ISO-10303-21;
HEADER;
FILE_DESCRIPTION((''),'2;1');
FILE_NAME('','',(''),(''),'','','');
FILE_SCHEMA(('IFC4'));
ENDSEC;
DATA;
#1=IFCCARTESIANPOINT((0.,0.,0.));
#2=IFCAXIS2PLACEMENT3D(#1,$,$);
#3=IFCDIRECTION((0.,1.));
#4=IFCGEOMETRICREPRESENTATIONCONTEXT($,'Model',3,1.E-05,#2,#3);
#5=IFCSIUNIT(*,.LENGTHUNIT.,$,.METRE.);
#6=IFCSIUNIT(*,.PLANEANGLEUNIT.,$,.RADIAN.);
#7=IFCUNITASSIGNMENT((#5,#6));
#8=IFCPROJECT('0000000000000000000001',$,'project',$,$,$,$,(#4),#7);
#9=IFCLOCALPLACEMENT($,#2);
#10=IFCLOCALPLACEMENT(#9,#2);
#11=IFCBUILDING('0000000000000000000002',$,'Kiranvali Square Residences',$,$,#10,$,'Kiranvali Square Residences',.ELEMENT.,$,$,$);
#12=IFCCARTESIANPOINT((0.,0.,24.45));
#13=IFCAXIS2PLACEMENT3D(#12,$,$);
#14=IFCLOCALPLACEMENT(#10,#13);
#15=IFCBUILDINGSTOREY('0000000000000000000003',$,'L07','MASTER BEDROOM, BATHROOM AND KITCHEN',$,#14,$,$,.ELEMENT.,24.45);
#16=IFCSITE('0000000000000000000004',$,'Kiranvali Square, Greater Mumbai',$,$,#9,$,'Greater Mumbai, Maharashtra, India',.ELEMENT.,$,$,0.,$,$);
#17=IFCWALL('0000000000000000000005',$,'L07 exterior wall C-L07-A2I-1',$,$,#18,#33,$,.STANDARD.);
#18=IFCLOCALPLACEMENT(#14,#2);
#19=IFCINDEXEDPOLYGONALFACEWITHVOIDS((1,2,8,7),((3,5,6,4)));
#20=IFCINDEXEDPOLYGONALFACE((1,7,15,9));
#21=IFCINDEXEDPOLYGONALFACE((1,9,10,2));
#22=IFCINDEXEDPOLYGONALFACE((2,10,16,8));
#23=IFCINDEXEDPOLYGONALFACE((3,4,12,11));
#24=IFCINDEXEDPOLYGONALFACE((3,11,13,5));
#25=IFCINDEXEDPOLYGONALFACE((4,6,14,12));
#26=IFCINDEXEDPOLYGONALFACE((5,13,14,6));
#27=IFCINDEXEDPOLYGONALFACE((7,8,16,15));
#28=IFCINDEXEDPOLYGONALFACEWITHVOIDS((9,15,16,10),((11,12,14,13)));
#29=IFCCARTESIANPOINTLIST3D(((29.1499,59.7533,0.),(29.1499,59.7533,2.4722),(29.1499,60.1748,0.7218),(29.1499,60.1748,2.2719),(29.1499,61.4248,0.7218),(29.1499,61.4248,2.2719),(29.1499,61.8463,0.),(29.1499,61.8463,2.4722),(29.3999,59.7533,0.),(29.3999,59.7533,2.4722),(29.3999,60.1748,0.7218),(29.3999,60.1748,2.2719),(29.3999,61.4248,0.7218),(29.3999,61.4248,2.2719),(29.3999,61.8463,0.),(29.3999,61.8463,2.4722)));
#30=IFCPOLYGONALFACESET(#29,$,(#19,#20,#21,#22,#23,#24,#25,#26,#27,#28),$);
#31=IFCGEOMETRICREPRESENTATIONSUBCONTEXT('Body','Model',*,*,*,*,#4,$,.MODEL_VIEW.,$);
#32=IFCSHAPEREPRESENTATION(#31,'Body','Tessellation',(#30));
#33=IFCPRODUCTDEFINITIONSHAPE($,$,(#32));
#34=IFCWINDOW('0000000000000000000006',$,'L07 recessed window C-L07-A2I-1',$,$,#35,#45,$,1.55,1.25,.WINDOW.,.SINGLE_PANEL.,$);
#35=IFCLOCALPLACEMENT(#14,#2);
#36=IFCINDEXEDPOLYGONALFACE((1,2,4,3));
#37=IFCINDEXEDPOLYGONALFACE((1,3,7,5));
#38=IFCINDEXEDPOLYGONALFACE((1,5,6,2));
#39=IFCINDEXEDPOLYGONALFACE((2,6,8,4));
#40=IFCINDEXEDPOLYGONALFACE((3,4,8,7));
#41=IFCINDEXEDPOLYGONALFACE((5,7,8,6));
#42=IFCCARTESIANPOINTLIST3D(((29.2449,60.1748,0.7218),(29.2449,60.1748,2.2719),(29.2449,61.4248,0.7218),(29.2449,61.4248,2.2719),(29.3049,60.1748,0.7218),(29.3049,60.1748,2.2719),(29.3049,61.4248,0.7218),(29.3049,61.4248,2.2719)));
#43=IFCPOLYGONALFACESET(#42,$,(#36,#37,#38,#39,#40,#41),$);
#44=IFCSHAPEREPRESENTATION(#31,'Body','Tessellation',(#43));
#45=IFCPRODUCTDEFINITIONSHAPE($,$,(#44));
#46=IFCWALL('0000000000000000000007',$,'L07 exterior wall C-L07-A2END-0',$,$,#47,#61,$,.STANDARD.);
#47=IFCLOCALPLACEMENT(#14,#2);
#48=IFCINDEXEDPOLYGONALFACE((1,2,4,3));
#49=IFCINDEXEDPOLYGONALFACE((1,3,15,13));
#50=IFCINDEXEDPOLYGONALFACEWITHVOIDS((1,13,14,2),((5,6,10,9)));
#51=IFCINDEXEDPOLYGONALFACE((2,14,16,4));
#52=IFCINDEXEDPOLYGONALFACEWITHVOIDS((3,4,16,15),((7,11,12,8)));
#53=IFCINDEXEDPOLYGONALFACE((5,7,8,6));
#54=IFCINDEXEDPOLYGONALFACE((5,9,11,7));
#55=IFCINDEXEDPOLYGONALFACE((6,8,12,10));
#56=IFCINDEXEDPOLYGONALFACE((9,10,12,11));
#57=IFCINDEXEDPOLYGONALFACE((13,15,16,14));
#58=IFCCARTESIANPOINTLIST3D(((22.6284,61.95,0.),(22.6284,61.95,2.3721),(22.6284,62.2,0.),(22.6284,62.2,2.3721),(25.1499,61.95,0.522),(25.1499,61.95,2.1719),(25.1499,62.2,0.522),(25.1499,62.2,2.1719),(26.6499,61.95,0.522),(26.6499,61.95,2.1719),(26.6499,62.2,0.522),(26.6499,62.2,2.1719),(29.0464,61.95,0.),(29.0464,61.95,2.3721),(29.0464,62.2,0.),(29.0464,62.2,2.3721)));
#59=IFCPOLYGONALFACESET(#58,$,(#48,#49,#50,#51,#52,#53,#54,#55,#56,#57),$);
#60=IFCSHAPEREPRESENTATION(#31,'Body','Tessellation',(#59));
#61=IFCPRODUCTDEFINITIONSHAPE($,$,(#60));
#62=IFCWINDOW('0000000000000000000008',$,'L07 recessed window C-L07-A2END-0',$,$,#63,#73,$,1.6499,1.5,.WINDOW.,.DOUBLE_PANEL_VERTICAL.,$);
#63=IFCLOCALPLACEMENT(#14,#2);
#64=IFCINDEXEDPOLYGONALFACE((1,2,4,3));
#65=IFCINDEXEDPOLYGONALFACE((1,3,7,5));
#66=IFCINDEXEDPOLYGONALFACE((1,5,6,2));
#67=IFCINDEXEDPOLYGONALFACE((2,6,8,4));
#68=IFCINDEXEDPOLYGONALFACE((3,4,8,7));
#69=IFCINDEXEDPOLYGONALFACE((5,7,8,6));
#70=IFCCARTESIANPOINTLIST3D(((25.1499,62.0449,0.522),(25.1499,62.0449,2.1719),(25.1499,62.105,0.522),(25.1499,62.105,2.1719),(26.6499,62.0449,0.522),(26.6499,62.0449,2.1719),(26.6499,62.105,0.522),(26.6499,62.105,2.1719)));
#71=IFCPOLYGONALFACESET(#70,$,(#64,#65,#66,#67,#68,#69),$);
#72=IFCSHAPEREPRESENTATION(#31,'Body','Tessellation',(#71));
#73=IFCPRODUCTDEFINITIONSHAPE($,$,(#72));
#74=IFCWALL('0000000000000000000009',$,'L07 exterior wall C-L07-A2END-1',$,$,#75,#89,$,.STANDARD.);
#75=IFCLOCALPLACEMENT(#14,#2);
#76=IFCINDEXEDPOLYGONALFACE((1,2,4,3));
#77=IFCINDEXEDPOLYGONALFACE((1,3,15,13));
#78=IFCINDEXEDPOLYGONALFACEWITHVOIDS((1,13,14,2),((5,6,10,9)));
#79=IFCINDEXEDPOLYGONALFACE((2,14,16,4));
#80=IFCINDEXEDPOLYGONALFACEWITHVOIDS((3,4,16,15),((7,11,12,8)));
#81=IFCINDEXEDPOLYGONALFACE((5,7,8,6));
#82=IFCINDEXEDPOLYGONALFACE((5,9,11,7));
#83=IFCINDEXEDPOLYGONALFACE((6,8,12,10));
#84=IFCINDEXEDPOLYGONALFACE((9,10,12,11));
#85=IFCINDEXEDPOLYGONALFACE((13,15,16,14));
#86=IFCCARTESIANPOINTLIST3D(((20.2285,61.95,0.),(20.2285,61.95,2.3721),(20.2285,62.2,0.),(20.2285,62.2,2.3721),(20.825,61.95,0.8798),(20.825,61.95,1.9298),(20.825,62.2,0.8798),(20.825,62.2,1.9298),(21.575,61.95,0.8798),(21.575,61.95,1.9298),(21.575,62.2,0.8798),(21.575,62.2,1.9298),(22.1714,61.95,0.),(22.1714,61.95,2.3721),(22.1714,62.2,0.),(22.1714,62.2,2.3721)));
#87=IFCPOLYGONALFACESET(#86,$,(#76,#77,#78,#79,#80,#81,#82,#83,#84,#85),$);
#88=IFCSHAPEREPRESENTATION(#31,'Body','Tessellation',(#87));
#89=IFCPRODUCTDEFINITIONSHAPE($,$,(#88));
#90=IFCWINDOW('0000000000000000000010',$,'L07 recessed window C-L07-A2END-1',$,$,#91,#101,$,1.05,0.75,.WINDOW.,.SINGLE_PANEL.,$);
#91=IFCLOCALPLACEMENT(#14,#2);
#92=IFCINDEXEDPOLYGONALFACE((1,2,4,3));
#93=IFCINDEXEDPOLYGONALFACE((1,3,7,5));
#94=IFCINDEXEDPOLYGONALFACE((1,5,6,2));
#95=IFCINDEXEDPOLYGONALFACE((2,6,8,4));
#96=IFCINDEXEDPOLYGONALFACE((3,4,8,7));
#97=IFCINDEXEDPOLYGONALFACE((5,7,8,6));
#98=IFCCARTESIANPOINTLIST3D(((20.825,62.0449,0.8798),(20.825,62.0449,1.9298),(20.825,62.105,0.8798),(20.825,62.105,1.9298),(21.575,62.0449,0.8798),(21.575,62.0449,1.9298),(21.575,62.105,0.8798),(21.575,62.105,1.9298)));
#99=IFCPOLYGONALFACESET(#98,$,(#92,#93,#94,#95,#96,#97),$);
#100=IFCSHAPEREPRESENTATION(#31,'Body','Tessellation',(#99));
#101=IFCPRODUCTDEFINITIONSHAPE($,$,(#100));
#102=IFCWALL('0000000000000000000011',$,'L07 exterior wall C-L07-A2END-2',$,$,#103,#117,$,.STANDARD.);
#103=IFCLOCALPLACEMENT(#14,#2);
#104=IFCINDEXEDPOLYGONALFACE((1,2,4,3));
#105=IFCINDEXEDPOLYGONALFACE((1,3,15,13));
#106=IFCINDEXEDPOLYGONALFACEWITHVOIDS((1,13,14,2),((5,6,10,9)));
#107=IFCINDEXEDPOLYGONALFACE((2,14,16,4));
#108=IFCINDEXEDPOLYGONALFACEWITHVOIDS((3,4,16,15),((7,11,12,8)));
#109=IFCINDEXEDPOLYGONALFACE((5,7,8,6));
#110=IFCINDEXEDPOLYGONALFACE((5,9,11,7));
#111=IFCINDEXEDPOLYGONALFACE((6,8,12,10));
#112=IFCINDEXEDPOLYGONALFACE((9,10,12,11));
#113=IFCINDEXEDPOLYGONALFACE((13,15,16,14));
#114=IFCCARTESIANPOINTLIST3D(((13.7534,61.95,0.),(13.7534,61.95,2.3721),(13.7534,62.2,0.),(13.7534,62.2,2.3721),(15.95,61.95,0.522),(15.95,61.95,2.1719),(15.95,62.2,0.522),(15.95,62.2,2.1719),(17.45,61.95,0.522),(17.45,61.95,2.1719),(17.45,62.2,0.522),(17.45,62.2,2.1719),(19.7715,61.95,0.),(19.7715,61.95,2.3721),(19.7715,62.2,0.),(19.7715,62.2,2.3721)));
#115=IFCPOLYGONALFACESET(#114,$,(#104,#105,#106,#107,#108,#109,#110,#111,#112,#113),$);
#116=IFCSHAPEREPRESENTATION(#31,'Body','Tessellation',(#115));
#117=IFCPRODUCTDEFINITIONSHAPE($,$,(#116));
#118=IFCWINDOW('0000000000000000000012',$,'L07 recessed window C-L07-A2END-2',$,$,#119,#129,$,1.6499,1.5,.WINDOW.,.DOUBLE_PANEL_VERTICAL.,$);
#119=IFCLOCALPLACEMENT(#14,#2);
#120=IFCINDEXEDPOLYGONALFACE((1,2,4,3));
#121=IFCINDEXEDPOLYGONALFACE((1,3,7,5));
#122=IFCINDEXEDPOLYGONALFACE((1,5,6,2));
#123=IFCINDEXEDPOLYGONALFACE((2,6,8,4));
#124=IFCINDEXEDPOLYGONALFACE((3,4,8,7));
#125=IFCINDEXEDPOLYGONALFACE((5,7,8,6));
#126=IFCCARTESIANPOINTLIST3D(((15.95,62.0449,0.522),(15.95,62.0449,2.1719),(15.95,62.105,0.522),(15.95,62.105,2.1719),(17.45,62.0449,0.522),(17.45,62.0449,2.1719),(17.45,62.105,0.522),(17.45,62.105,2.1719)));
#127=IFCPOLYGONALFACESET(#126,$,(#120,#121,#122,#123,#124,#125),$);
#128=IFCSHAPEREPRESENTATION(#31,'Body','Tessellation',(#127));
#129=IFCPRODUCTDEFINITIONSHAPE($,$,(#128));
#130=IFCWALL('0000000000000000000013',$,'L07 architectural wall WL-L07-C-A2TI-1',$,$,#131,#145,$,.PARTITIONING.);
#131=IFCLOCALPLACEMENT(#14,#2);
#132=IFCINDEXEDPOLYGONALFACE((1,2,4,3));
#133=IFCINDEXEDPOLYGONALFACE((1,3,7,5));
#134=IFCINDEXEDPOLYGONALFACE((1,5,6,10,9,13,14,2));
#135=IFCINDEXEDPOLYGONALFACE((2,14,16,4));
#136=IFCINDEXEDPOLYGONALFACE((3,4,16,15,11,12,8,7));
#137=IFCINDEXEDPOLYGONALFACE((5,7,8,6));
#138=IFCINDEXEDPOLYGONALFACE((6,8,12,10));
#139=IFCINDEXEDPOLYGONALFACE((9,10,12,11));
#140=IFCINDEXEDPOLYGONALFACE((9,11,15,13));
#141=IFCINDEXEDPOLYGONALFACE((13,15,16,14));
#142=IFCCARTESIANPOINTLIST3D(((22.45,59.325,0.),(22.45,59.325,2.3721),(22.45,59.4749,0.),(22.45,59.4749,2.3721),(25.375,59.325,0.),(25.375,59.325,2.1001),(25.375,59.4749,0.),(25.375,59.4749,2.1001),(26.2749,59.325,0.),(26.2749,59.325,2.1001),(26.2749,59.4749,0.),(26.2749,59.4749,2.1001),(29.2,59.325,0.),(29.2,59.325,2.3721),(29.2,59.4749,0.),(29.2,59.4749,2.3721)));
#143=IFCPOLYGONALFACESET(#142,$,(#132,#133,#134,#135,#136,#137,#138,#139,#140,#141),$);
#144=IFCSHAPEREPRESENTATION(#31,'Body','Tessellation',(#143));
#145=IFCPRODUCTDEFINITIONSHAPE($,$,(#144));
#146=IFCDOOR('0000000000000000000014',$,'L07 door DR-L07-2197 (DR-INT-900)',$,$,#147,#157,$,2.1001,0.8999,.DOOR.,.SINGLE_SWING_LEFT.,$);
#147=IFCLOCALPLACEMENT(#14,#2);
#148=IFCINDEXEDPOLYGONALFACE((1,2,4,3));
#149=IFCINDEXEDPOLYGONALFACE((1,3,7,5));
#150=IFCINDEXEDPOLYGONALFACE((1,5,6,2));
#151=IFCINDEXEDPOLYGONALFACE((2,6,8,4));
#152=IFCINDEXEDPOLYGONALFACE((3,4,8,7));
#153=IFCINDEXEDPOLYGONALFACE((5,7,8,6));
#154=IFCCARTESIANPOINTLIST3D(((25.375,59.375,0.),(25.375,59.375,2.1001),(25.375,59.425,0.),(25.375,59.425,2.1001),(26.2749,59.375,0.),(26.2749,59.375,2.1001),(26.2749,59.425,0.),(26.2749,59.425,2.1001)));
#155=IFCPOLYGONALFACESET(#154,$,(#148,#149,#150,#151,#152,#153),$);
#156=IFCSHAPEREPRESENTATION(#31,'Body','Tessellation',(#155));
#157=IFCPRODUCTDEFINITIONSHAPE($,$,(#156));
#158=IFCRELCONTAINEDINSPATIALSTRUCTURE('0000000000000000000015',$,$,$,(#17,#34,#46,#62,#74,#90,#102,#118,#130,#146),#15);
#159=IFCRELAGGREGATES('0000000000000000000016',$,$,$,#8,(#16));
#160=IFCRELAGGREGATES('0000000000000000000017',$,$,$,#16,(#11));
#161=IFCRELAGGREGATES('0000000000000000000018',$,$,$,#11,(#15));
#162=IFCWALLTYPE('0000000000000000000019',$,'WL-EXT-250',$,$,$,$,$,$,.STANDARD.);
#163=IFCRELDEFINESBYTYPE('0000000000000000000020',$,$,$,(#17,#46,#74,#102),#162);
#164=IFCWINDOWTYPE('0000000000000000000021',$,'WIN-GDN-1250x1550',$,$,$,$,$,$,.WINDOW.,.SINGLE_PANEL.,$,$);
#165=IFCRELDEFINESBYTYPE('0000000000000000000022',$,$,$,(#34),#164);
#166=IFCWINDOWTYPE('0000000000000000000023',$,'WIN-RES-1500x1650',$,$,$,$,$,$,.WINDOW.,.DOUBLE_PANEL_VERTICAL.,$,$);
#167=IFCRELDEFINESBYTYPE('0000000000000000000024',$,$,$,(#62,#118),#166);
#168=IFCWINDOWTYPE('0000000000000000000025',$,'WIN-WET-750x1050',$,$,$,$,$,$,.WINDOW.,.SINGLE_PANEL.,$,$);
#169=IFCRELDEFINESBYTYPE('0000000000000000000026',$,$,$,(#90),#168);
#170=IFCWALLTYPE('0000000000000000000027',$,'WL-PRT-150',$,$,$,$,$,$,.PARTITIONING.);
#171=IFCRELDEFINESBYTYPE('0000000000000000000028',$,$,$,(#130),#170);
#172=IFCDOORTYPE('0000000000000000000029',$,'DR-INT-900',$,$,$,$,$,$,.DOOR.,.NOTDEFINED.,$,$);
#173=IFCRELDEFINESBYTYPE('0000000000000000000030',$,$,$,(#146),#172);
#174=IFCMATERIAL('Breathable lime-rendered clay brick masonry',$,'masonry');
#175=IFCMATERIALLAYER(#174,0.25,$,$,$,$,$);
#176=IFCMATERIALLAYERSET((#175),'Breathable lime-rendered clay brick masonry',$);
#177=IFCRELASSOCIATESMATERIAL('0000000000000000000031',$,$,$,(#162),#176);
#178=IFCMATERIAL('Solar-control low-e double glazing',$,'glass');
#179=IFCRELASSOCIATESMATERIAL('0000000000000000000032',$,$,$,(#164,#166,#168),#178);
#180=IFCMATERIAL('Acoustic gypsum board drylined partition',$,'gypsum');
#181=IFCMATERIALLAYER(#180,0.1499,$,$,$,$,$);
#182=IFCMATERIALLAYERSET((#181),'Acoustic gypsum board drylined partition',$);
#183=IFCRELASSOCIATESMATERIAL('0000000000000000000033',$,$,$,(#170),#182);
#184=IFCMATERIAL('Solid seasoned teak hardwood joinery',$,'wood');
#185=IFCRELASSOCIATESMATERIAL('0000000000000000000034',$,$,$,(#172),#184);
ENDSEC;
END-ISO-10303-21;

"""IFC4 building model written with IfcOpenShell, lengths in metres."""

from ifc_helpers import new_model, si_unit, direction, frame, frame_2d, origin, place, context, subcontext, project, spatial, rectangle, extrude, material, layer, layer_set, type_object, element, fill, save


model = new_model("IFC4")

# Units and contexts
model_context = context("Model", 3, precision=1e-05, world=origin(), true_north=direction((0.0, 1.0)))
body_context = subcontext(model_context, "Body", "Model", "MODEL_VIEW")
ifc_project = project(units=[si_unit("LENGTHUNIT", "METRE"), si_unit("PLANEANGLEUNIT", "RADIAN")], contexts=[model_context])

# Site, building, storey
site_placement = place(None, origin())
site = spatial("IfcSite", under=ifc_project, at=site_placement, Name="Kiranvali Square, Greater Mumbai", LongName="Greater Mumbai, Maharashtra, India", CompositionType="ELEMENT", RefElevation=0.0)
building_placement = place(site_placement, origin())
building = spatial("IfcBuilding", under=site, at=building_placement, Name="Kiranvali Square Residences", LongName="Kiranvali Square Residences", CompositionType="ELEMENT")
storey_placement = place(building_placement, frame((0.0, 0.0, 24.45)))
storey = spatial("IfcBuildingStorey", under=building, at=storey_placement, Name="L07", Description="MASTER BEDROOM, BATHROOM AND KITCHEN", CompositionType="ELEMENT", Elevation=24.45)

# Walls, openings, windows
ifc_material_1 = material(Name="Breathable lime-rendered clay brick masonry", Category="masonry")
ifc_layer_1 = layer(ifc_material_1, 0.25)
ifc_layer_set_1 = layer_set([ifc_layer_1], Name="Breathable lime-rendered clay brick masonry")
wall_type_1 = type_object("IfcWallType", Name="WL-EXT-250", PredefinedType="STANDARD", material=ifc_layer_set_1)
wall_1_placement = place(storey_placement, frame((29.2749, 59.7534, 0.0), z_axis=(0.0, 0.0, 1.0), x_axis=(0.0, 1.0, 0.0)))
wall_1 = element("IfcWall", 1, at=wall_1_placement, inside=storey, type_object=wall_type_1, Name="L07 exterior wall C-L07-A2I-1", PredefinedType="STANDARD", context=body_context, shape_type="SweptSolid", body=[
    extrude(rectangle(XDim=2.093, YDim=0.25, at=frame_2d((1.0464, 0.0))), origin(), (0.0, 0.0, 1.0), 2.4722),
])
opening_1_placement = place(wall_1_placement, frame((0.4214, 0.0, 0.7219)))
opening_1 = element("IfcOpeningElement", 2, at=opening_1_placement, cuts=wall_1, PredefinedType="OPENING", context=body_context, shape_type="SweptSolid", body=[
    extrude(rectangle(XDim=1.25, YDim=1.55, at=frame_2d((0.625, 0.7749))), frame((0.0, 0.135, 0.0), z_axis=(0.0, -1.0, 0.0), x_axis=(1.0, 0.0, 0.0)), (0.0, 0.0, 1.0), 0.27),
])
ifc_material_2 = material(Name="Solar-control low-e double glazing", Category="glass")
window_type_1 = type_object("IfcWindowType", Name="WIN-GDN-1250x1550", PartitioningType="SINGLE_PANEL", PredefinedType="WINDOW", material=ifc_material_2)
window_1_placement = place(opening_1_placement, origin())
window_1 = element("IfcWindow", 3, at=window_1_placement, inside=storey, type_object=window_type_1, Name="L07 recessed window C-L07-A2I-1", OverallHeight=1.55, OverallWidth=1.25, PartitioningType="SINGLE_PANEL", PredefinedType="WINDOW", context=body_context, shape_type="SweptSolid", body=[
    extrude(rectangle(XDim=1.25, YDim=1.55, at=frame_2d((0.625, 0.7749))), frame((0.0, 0.03, 0.0), z_axis=(0.0, -1.0, 0.0), x_axis=(1.0, 0.0, 0.0)), (0.0, 0.0, 1.0), 0.0601),
])
fill(opening_1, window_1)
wall_2_placement = place(storey_placement, frame((29.0464, 62.075, 0.0), z_axis=(0.0, 0.0, 1.0), x_axis=(-1.0, 0.0, 0.0)))
wall_2 = element("IfcWall", 4, at=wall_2_placement, inside=storey, type_object=wall_type_1, Name="L07 exterior wall C-L07-A2END-0", PredefinedType="STANDARD", context=body_context, shape_type="SweptSolid", body=[
    extrude(rectangle(XDim=6.418, YDim=0.25, at=frame_2d((3.209, 0.0))), origin(), (0.0, 0.0, 1.0), 2.3721),
])
opening_2_placement = place(wall_2_placement, frame((2.3965, 0.0, 0.522)))
opening_2 = element("IfcOpeningElement", 5, at=opening_2_placement, cuts=wall_2, PredefinedType="OPENING", context=body_context, shape_type="SweptSolid", body=[
    extrude(rectangle(XDim=1.5, YDim=1.6499, at=frame_2d((0.75, 0.825))), frame((0.0, 0.135, 0.0), z_axis=(0.0, -1.0, 0.0), x_axis=(1.0, 0.0, 0.0)), (0.0, 0.0, 1.0), 0.27),
])
window_type_2 = type_object("IfcWindowType", Name="WIN-RES-1500x1650", PartitioningType="DOUBLE_PANEL_VERTICAL", PredefinedType="WINDOW", material=ifc_material_2)
window_2_placement = place(opening_2_placement, origin())
window_2 = element("IfcWindow", 6, at=window_2_placement, inside=storey, type_object=window_type_2, Name="L07 recessed window C-L07-A2END-0", OverallHeight=1.6499, OverallWidth=1.5, PartitioningType="DOUBLE_PANEL_VERTICAL", PredefinedType="WINDOW", context=body_context, shape_type="SweptSolid", body=[
    extrude(rectangle(XDim=1.5, YDim=1.6499, at=frame_2d((0.75, 0.825))), frame((0.0, 0.03, 0.0), z_axis=(0.0, -1.0, 0.0), x_axis=(1.0, 0.0, 0.0)), (0.0, 0.0, 1.0), 0.0601),
])
fill(opening_2, window_2)
wall_3_placement = place(storey_placement, frame((22.1714, 62.075, 0.0), z_axis=(0.0, 0.0, 1.0), x_axis=(-1.0, 0.0, 0.0)))
wall_3 = element("IfcWall", 7, at=wall_3_placement, inside=storey, type_object=wall_type_1, Name="L07 exterior wall C-L07-A2END-1", PredefinedType="STANDARD", context=body_context, shape_type="SweptSolid", body=[
    extrude(rectangle(XDim=1.9429, YDim=0.25, at=frame_2d((0.9714, 0.0))), origin(), (0.0, 0.0, 1.0), 2.3721),
])
opening_3_placement = place(wall_3_placement, frame((0.5964, 0.0, 0.8799)))
opening_3 = element("IfcOpeningElement", 8, at=opening_3_placement, cuts=wall_3, PredefinedType="OPENING", context=body_context, shape_type="SweptSolid", body=[
    extrude(rectangle(XDim=0.75, YDim=1.05, at=frame_2d((0.375, 0.5249))), frame((0.0, 0.135, 0.0), z_axis=(0.0, -1.0, 0.0), x_axis=(1.0, 0.0, 0.0)), (0.0, 0.0, 1.0), 0.27),
])
window_type_3 = type_object("IfcWindowType", Name="WIN-WET-750x1050", PartitioningType="SINGLE_PANEL", PredefinedType="WINDOW", material=ifc_material_2)
window_3_placement = place(opening_3_placement, origin())
window_3 = element("IfcWindow", 9, at=window_3_placement, inside=storey, type_object=window_type_3, Name="L07 recessed window C-L07-A2END-1", OverallHeight=1.05, OverallWidth=0.75, PartitioningType="SINGLE_PANEL", PredefinedType="WINDOW", context=body_context, shape_type="SweptSolid", body=[
    extrude(rectangle(XDim=0.75, YDim=1.05, at=frame_2d((0.375, 0.5249))), frame((0.0, 0.03, 0.0), z_axis=(0.0, -1.0, 0.0), x_axis=(1.0, 0.0, 0.0)), (0.0, 0.0, 1.0), 0.0601),
])
fill(opening_3, window_3)
wall_4_placement = place(storey_placement, frame((19.7715, 62.075, 0.0), z_axis=(0.0, 0.0, 1.0), x_axis=(-1.0, 0.0, 0.0)))
wall_4 = element("IfcWall", 10, at=wall_4_placement, inside=storey, type_object=wall_type_1, Name="L07 exterior wall C-L07-A2END-2", PredefinedType="STANDARD", context=body_context, shape_type="SweptSolid", body=[
    extrude(rectangle(XDim=6.0181, YDim=0.25, at=frame_2d((3.009, 0.0))), origin(), (0.0, 0.0, 1.0), 2.3721),
])
opening_4_placement = place(wall_4_placement, frame((2.3215, 0.0, 0.522)))
opening_4 = element("IfcOpeningElement", 11, at=opening_4_placement, cuts=wall_4, PredefinedType="OPENING", context=body_context, shape_type="SweptSolid", body=[
    extrude(rectangle(XDim=1.5, YDim=1.6499, at=frame_2d((0.75, 0.825))), frame((0.0, 0.135, 0.0), z_axis=(0.0, -1.0, 0.0), x_axis=(1.0, 0.0, 0.0)), (0.0, 0.0, 1.0), 0.27),
])
window_4_placement = place(opening_4_placement, origin())
window_4 = element("IfcWindow", 12, at=window_4_placement, inside=storey, type_object=window_type_2, Name="L07 recessed window C-L07-A2END-2", OverallHeight=1.6499, OverallWidth=1.5, PartitioningType="DOUBLE_PANEL_VERTICAL", PredefinedType="WINDOW", context=body_context, shape_type="SweptSolid", body=[
    extrude(rectangle(XDim=1.5, YDim=1.6499, at=frame_2d((0.75, 0.825))), frame((0.0, 0.03, 0.0), z_axis=(0.0, -1.0, 0.0), x_axis=(1.0, 0.0, 0.0)), (0.0, 0.0, 1.0), 0.0601),
])
fill(opening_4, window_4)

# Wall, opening, door
ifc_material_3 = material(Name="Acoustic gypsum board drylined partition", Category="gypsum")
ifc_layer_2 = layer(ifc_material_3, 0.1499)
ifc_layer_set_2 = layer_set([ifc_layer_2], Name="Acoustic gypsum board drylined partition")
wall_type_2 = type_object("IfcWallType", Name="WL-PRT-150", PredefinedType="PARTITIONING", material=ifc_layer_set_2)
wall_5_placement = place(storey_placement, frame((29.2, 59.3999, 0.0), z_axis=(0.0, 0.0, 1.0), x_axis=(-1.0, 0.0, 0.0)))
wall_5 = element("IfcWall", 13, at=wall_5_placement, inside=storey, type_object=wall_type_2, Name="L07 architectural wall WL-L07-C-A2TI-1", PredefinedType="PARTITIONING", context=body_context, shape_type="SweptSolid", body=[
    extrude(rectangle(XDim=6.75, YDim=0.1499, at=frame_2d((3.375, 0.0))), origin(), (0.0, 0.0, 1.0), 2.3721),
])
opening_5_placement = place(wall_5_placement, frame((2.925, 0.0, 0.0)))
opening_5 = element("IfcOpeningElement", 14, at=opening_5_placement, cuts=wall_5, PredefinedType="OPENING", context=body_context, shape_type="SweptSolid", body=[
    extrude(rectangle(XDim=0.8999, YDim=2.1001, at=frame_2d((0.45, 1.05))), frame((0.0, 0.085, 0.0), z_axis=(0.0, -1.0, 0.0), x_axis=(1.0, 0.0, 0.0)), (0.0, 0.0, 1.0), 0.1699),
])
ifc_material_4 = material(Name="Solid seasoned teak hardwood joinery", Category="wood")
door_type = type_object("IfcDoorType", Name="DR-INT-900", OperationType="NOTDEFINED", PredefinedType="DOOR", material=ifc_material_4)
door_1_placement = place(opening_5_placement, origin())
door_1 = element("IfcDoor", 15, at=door_1_placement, inside=storey, type_object=door_type, Name="L07 door DR-L07-2197 (DR-INT-900)", OperationType="SINGLE_SWING_LEFT", OverallHeight=2.1001, OverallWidth=0.8999, PredefinedType="DOOR", context=body_context, shape_type="SweptSolid", body=[
    extrude(rectangle(XDim=0.8999, YDim=2.1001, at=frame_2d((0.45, 1.05))), frame((0.0, 0.0249, 0.0), z_axis=(0.0, -1.0, 0.0), x_axis=(1.0, 0.0, 0.0)), (0.0, 0.0, 1.0), 0.05),
])
fill(opening_5, door_1)

save(model, "model.ifc")
